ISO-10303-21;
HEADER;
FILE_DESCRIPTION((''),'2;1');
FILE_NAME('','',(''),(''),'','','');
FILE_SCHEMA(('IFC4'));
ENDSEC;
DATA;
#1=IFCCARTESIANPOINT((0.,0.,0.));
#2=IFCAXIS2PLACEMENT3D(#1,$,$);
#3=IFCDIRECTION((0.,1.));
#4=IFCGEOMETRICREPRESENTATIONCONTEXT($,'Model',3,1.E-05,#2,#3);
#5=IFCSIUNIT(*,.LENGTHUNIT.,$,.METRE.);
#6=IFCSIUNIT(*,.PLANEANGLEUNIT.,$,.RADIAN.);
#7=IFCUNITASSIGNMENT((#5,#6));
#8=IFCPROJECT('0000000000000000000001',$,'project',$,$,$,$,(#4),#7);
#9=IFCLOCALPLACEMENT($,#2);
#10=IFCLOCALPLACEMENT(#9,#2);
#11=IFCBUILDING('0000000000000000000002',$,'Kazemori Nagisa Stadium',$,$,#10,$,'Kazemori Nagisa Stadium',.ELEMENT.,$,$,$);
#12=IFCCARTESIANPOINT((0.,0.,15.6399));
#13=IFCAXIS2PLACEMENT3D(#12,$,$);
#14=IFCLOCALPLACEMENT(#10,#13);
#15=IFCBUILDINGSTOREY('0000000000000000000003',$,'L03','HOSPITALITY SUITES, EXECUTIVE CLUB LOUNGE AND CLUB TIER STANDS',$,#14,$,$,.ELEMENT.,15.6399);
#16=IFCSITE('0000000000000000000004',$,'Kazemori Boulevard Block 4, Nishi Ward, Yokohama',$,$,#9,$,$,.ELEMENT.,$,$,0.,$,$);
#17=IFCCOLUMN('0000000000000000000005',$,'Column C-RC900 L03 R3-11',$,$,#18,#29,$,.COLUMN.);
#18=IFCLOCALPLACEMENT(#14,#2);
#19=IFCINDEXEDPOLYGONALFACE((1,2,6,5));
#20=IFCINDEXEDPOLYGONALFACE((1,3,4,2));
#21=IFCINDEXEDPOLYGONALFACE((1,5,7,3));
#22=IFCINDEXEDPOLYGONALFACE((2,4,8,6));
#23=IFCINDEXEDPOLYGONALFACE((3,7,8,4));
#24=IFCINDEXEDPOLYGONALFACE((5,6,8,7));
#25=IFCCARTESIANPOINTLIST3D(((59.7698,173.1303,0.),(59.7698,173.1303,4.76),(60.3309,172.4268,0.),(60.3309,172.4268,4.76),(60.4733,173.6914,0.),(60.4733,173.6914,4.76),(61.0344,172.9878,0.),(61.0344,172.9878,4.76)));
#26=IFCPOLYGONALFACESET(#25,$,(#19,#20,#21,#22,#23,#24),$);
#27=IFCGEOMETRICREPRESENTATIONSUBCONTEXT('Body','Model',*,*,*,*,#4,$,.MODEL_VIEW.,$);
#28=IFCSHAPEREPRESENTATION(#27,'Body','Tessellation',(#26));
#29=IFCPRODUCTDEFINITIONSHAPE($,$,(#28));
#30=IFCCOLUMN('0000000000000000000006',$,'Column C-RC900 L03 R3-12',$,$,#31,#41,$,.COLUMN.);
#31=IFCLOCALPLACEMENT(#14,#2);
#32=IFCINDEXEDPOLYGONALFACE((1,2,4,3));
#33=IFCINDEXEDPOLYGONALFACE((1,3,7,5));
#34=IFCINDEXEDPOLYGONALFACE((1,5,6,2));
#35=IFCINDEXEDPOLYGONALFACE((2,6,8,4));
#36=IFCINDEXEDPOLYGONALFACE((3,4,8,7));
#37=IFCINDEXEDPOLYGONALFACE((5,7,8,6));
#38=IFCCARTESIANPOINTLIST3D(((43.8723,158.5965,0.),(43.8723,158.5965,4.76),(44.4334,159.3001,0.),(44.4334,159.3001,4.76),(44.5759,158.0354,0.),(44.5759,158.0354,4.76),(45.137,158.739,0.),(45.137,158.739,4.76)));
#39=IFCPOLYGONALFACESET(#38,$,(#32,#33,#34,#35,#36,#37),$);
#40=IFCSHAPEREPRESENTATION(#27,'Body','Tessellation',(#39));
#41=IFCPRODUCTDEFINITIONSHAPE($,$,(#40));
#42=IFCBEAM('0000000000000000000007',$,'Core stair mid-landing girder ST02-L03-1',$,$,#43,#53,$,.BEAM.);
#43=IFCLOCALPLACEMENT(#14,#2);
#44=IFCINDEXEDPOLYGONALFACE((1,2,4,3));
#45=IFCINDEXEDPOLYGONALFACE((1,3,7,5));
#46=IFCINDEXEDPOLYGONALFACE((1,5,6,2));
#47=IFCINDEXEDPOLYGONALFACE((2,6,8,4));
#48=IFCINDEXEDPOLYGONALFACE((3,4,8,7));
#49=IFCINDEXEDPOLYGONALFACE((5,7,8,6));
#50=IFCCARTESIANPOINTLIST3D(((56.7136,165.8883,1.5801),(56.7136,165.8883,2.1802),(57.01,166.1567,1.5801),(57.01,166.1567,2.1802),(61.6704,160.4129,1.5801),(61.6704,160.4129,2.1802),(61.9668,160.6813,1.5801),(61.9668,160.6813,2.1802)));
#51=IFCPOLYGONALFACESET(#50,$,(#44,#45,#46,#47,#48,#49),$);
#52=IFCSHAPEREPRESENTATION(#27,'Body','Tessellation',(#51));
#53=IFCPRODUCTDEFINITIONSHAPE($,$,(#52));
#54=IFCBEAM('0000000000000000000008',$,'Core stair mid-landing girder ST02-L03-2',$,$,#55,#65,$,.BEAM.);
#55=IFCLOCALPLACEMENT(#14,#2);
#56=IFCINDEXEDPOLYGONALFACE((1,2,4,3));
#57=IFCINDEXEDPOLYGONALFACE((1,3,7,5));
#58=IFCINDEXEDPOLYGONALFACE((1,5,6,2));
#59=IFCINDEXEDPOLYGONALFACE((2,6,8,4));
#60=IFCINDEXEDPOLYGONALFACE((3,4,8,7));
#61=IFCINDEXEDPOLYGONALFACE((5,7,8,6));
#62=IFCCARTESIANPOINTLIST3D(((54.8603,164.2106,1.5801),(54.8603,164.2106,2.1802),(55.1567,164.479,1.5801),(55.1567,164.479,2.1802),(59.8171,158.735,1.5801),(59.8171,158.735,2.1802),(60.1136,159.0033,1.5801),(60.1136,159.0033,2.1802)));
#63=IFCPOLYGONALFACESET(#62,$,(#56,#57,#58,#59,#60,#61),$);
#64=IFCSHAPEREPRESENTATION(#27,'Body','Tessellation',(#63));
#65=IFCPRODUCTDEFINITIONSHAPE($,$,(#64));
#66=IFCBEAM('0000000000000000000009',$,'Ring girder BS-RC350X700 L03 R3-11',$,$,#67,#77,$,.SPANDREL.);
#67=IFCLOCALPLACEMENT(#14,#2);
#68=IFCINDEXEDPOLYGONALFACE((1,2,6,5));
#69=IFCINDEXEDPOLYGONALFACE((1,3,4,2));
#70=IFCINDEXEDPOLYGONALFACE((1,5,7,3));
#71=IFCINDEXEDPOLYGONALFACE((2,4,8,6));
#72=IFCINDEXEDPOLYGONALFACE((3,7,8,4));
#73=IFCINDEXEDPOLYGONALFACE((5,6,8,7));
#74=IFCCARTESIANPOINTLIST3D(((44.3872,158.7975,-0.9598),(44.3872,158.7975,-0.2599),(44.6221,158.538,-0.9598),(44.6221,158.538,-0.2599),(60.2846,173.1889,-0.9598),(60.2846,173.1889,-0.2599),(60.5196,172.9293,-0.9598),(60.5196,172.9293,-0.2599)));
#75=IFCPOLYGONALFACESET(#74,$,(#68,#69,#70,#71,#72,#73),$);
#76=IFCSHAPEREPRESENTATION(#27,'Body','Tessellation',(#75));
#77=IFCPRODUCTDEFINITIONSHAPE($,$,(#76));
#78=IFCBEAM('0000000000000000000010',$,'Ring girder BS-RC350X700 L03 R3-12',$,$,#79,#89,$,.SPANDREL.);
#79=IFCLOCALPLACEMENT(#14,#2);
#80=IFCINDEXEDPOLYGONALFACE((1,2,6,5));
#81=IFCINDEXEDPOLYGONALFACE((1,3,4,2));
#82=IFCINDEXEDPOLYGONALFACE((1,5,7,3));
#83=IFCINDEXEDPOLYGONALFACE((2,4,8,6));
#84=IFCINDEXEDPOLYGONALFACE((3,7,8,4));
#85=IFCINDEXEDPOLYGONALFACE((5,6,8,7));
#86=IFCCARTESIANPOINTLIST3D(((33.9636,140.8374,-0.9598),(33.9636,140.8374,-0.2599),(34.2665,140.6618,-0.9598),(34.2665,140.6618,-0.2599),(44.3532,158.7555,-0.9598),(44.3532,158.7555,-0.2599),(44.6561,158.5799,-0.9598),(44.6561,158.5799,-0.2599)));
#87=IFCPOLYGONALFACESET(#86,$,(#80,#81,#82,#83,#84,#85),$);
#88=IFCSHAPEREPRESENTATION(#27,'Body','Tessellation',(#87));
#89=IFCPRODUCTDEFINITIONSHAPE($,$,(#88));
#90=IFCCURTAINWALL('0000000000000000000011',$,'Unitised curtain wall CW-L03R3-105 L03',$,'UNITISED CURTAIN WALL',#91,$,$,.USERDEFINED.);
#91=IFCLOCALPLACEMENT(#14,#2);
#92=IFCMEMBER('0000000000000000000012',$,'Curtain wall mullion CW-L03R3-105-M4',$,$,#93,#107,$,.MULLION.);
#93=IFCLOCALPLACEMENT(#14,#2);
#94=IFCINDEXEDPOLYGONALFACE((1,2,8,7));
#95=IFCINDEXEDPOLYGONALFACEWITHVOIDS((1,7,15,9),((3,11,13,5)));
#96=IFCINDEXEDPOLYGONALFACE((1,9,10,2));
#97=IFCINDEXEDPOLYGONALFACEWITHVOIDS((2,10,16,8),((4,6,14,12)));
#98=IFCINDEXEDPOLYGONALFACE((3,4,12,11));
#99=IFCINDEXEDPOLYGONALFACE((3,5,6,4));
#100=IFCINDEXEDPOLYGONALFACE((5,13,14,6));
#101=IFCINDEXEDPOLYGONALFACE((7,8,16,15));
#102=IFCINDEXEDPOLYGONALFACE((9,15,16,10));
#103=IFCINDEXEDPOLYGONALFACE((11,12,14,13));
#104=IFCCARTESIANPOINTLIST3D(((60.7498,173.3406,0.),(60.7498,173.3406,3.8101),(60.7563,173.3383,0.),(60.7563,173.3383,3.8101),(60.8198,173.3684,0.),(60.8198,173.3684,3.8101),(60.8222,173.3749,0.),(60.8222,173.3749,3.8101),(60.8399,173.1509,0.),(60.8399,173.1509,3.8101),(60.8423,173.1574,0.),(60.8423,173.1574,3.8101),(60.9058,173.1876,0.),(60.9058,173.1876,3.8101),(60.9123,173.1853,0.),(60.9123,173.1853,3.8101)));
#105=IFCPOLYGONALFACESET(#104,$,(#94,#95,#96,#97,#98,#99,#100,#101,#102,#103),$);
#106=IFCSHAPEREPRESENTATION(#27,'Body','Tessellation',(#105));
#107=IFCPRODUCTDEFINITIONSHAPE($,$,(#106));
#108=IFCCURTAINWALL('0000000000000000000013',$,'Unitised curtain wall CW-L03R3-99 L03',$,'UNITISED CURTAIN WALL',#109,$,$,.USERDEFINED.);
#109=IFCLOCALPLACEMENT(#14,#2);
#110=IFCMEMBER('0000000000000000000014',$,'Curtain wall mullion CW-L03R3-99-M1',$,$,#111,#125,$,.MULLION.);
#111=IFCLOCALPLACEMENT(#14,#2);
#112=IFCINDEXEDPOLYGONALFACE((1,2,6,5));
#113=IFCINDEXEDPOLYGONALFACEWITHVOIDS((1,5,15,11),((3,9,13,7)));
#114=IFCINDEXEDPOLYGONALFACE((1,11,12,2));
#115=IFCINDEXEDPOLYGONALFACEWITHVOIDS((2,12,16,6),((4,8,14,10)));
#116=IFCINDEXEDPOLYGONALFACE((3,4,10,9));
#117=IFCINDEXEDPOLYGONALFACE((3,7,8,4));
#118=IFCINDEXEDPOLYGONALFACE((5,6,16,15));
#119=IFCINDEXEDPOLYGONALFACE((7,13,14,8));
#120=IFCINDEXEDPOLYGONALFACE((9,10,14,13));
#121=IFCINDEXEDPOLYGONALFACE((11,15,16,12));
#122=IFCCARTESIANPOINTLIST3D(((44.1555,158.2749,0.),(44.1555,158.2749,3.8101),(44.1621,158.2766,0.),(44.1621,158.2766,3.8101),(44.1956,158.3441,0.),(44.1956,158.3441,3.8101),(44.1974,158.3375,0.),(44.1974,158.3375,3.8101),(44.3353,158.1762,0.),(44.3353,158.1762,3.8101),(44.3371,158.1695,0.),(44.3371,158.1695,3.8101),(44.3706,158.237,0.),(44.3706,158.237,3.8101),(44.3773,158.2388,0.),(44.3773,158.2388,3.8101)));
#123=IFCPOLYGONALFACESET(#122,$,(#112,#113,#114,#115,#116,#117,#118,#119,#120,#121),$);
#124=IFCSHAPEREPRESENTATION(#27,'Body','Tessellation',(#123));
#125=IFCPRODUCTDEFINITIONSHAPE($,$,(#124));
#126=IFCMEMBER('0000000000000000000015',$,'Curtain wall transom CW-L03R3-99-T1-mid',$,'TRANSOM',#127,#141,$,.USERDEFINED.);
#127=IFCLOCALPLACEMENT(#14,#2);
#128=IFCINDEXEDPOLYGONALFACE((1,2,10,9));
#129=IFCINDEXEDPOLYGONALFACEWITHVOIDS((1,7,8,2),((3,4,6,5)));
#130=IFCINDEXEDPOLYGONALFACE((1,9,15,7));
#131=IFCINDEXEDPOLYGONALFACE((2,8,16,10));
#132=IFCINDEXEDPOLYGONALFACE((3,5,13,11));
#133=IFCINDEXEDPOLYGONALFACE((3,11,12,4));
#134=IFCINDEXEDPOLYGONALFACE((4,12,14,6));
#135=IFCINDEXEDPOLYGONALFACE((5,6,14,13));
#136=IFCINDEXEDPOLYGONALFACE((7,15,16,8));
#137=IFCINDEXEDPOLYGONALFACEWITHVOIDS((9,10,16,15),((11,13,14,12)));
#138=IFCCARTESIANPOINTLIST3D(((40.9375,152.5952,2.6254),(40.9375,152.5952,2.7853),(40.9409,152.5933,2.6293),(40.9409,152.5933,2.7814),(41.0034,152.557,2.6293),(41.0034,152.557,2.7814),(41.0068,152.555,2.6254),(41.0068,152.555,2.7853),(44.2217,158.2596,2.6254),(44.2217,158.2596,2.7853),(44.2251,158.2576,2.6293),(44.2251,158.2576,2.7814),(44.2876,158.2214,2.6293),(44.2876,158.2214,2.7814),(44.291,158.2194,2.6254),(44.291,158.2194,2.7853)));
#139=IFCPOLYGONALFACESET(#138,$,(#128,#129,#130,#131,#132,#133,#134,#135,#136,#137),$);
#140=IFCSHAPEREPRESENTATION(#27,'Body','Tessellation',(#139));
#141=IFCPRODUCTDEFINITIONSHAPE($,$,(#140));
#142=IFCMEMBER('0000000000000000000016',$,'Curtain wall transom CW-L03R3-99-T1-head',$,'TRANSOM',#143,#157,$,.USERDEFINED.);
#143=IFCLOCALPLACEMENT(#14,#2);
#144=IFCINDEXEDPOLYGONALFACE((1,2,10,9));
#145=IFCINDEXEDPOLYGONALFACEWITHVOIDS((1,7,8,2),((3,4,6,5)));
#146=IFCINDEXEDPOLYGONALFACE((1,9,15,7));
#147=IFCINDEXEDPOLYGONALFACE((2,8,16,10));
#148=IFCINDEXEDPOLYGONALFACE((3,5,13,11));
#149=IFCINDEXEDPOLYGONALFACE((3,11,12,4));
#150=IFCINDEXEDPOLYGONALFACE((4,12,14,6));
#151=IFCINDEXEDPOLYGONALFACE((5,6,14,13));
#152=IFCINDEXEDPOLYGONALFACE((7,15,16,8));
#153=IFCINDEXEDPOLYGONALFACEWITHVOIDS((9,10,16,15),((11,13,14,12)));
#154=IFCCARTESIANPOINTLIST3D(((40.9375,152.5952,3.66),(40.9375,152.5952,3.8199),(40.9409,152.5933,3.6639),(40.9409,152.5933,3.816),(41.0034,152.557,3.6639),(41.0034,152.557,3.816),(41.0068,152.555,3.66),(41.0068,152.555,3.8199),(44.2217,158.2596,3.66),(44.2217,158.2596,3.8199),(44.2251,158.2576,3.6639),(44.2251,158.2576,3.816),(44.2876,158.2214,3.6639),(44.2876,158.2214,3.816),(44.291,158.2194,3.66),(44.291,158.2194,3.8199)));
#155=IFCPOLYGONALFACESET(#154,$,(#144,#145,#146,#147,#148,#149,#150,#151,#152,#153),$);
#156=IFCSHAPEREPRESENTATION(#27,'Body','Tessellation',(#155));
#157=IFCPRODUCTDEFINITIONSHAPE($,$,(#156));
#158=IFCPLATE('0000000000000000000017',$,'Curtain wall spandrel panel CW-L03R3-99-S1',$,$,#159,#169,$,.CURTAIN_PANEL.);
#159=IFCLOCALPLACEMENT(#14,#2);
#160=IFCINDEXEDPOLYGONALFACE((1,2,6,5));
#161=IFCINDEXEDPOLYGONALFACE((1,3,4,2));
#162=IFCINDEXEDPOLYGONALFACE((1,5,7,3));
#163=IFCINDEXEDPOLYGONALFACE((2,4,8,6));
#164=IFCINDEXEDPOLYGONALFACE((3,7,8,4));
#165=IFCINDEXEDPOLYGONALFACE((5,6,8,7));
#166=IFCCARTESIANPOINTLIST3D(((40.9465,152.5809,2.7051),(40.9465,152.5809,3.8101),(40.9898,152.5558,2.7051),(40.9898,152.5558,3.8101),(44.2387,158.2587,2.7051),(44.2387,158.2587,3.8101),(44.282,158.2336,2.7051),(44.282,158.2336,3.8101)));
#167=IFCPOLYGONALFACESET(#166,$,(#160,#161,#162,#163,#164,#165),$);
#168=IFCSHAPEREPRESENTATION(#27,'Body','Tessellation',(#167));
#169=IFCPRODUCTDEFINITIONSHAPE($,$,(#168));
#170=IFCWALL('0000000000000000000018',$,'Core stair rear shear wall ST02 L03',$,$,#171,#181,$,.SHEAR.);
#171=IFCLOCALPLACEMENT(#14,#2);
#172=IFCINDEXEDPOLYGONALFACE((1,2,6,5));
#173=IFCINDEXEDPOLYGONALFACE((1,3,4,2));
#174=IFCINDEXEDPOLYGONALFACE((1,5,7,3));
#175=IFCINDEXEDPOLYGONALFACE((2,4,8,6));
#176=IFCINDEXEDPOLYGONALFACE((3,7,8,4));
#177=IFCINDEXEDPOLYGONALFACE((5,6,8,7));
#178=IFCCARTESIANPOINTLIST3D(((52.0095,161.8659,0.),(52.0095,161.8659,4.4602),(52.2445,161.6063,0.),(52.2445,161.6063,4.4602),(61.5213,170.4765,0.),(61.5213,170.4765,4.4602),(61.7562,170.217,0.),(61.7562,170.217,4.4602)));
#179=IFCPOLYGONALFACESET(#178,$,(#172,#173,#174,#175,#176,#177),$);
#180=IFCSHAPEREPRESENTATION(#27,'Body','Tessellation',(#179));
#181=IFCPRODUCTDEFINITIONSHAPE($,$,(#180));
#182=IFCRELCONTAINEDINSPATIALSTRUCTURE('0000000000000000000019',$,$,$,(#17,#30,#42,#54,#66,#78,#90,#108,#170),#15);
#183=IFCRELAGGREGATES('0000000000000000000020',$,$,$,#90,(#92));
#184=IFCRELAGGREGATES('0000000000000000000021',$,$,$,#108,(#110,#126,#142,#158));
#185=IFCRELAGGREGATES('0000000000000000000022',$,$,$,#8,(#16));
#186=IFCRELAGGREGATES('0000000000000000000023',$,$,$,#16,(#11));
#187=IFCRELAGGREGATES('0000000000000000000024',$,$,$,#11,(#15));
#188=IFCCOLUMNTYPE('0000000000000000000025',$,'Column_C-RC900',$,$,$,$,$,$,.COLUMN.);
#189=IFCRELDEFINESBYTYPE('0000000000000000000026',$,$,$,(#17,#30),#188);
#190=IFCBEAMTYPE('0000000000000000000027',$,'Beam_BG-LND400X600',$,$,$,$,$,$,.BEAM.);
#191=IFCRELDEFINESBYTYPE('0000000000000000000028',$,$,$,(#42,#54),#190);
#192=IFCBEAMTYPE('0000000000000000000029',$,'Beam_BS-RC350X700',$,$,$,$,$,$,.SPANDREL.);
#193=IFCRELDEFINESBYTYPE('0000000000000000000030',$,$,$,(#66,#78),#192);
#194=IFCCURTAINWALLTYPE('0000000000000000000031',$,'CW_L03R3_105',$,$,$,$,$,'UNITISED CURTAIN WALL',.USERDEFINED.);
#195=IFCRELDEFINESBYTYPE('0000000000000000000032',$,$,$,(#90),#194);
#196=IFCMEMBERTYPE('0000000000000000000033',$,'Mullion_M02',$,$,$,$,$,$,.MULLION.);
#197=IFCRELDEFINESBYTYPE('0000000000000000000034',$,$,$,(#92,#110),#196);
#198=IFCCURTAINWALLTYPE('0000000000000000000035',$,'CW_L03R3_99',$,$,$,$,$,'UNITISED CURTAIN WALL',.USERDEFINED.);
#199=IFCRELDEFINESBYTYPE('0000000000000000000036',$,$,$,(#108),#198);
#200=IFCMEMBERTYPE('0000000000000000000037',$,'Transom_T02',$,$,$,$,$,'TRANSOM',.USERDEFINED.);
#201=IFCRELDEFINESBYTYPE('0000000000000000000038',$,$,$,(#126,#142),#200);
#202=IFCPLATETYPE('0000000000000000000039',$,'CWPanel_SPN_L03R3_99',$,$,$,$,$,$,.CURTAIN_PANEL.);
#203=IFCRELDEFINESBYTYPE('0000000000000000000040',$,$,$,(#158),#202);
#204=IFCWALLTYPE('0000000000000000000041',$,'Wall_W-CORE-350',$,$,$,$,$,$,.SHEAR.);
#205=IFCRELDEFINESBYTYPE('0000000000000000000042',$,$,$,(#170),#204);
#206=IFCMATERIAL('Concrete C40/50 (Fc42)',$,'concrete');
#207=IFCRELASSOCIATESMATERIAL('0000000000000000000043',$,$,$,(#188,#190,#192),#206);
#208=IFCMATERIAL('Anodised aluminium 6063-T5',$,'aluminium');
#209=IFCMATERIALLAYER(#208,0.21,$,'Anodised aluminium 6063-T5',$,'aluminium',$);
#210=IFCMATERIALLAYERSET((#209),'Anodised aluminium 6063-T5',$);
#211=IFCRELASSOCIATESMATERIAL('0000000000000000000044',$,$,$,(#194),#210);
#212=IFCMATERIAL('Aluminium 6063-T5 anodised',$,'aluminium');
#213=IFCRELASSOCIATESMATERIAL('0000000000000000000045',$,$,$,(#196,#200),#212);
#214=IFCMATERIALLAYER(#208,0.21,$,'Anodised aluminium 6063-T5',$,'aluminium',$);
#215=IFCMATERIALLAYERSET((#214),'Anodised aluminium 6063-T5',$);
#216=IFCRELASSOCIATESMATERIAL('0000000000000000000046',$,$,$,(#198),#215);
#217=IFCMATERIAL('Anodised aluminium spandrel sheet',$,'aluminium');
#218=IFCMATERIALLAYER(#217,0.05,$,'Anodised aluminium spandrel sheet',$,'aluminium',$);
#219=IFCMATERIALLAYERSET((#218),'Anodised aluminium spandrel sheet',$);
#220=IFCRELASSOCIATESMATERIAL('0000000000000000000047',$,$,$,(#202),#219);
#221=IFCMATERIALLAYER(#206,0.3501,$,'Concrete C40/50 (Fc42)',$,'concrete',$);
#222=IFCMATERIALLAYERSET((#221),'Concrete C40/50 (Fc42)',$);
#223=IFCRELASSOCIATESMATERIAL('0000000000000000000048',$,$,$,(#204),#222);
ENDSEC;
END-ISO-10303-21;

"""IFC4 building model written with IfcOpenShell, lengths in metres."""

from ifc_helpers import new_model, si_unit, direction, frame, frame_2d, origin, origin_2d, place, context, subcontext, project, spatial, rectangle, hollow_rectangle, extrude, material, layer, layer_set, material_profile, profile_set, type_object, element, aggregate, save


model = new_model("IFC4")

# Units and contexts
model_context = context("Model", 3, precision=1e-05, world=origin(), true_north=direction((0.0, 1.0)))
body_context = subcontext(model_context, "Body", "Model", "MODEL_VIEW")
ifc_project = project(units=[si_unit("LENGTHUNIT", "METRE"), si_unit("PLANEANGLEUNIT", "RADIAN")], contexts=[model_context])

# Site, building, storey
site_placement = place(None, origin())
site = spatial("IfcSite", under=ifc_project, at=site_placement, Name="Kazemori Boulevard Block 4, Nishi Ward, Yokohama", CompositionType="ELEMENT", RefElevation=0.0)
building_placement = place(site_placement, origin())
building = spatial("IfcBuilding", under=site, at=building_placement, Name="Kazemori Nagisa Stadium", LongName="Kazemori Nagisa Stadium", CompositionType="ELEMENT")
storey_placement = place(building_placement, frame((0.0, 0.0, 15.6399)))
storey = spatial("IfcBuildingStorey", under=building, at=storey_placement, Name="L03", Description="HOSPITALITY SUITES, EXECUTIVE CLUB LOUNGE AND CLUB TIER STANDS", CompositionType="ELEMENT", Elevation=15.6399)

# Columns
ifc_material_1 = material(Name="Concrete C40/50 (Fc42)", Category="concrete")
ifc_material_profile_1 = material_profile(ifc_material_1, rectangle(XDim=0.8999, YDim=0.8999, at=origin_2d()), Name="RC-COL-900x900")
ifc_profile_set_1 = profile_set([ifc_material_profile_1], Name="Concrete C40/50 (Fc42)")
column_type = type_object("IfcColumnType", Name="Column_C-RC900", PredefinedType="COLUMN", material=ifc_profile_set_1)
for number, where, z_axis, x_axis, name in (
    (1, (60.4021, 173.0591, 0.0), (0.0, 0.0, 1.0), (-0.62349, 0.781831, 0.0), "Column C-RC900 L03 R3-11"),
    (2, (44.5046, 158.6677, 0.0), (0.0, 0.0, 1.0), (-0.781831, 0.62349, 0.0), "Column C-RC900 L03 R3-12"),
):
    element("IfcColumn", number, at=place(storey_placement, frame(where, z_axis=z_axis, x_axis=x_axis)), inside=storey, type_object=column_type, Name=name, PredefinedType="COLUMN", context=body_context, shape_type="SweptSolid", body=[
        extrude(rectangle(XDim=0.8999, YDim=0.8999, at=origin_2d()), origin(), (0.0, 0.0, 1.0), 4.76),
    ])

# Beams
ifc_material_profile_2 = material_profile(ifc_material_1, rectangle(XDim=0.3999, YDim=0.6001, at=origin_2d()), Name="RC-BM-400x600")
ifc_profile_set_2 = profile_set([ifc_material_profile_2], Name="Concrete C40/50 (Fc42)")
beam_type_1 = type_object("IfcBeamType", Name="Beam_BG-LND400X600", PredefinedType="BEAM", material=ifc_profile_set_2)
beam_1_placement = place(storey_placement, frame((61.8186, 160.5471, 1.8801), z_axis=(-0.67113, 0.74134, 0.0), x_axis=(-0.74134, -0.67113, 0.0)))
element("IfcBeam", 3, at=beam_1_placement, inside=storey, type_object=beam_type_1, Name="Core stair mid-landing girder ST02-L03-1", PredefinedType="BEAM", context=body_context, shape_type="SweptSolid", body=[
    extrude(rectangle(XDim=0.3999, YDim=0.6001, at=origin_2d()), origin(), (0.0, 0.0, 1.0), 7.3857),
])
beam_2_placement = place(storey_placement, frame((59.9653, 158.8691, 1.8801), z_axis=(-0.671113, 0.741355, 0.0), x_axis=(-0.741355, -0.671113, 0.0)))
element("IfcBeam", 4, at=beam_2_placement, inside=storey, type_object=beam_type_1, Name="Core stair mid-landing girder ST02-L03-2", PredefinedType="BEAM", context=body_context, shape_type="SweptSolid", body=[
    extrude(rectangle(XDim=0.3999, YDim=0.6001, at=origin_2d()), origin(), (0.0, 0.0, 1.0), 7.386),
])
ifc_material_profile_3 = material_profile(ifc_material_1, rectangle(XDim=0.3501, YDim=0.7, at=origin_2d()), Name="RC-SP-350x700")
ifc_profile_set_3 = profile_set([ifc_material_profile_3], Name="Concrete C40/50 (Fc42)")
beam_type_2 = type_object("IfcBeamType", Name="Beam_BS-RC350X700", PredefinedType="SPANDREL", material=ifc_profile_set_3)
beam_3_placement = place(storey_placement, frame((60.4021, 173.0591, -0.6099), z_axis=(-0.741352, -0.671117, 0.0), x_axis=(0.671117, -0.741352, 0.0)))
element("IfcBeam", 5, at=beam_3_placement, inside=storey, type_object=beam_type_2, Name="Ring girder BS-RC350X700 L03 R3-11", PredefinedType="SPANDREL", context=body_context, shape_type="SweptSolid", body=[
    extrude(rectangle(XDim=0.3501, YDim=0.7, at=origin_2d()), origin(), (0.0, 0.0, 1.0), 21.4438),
])
beam_4_placement = place(storey_placement, frame((44.5046, 158.6677, -0.6099), z_axis=(-0.501613, -0.865092, 0.0), x_axis=(0.865092, -0.501613, 0.0)))
element("IfcBeam", 6, at=beam_4_placement, inside=storey, type_object=beam_type_2, Name="Ring girder BS-RC350X700 L03 R3-12", PredefinedType="SPANDREL", context=body_context, shape_type="SweptSolid", body=[
    extrude(rectangle(XDim=0.3501, YDim=0.7, at=origin_2d()), origin(), (0.0, 0.0, 1.0), 20.7124),
])

# Curtain wall, member
ifc_material_2 = material(Name="Anodised aluminium 6063-T5", Category="aluminium")
ifc_layer_1 = layer(ifc_material_2, 0.21, Name="Anodised aluminium 6063-T5", Category="aluminium")
ifc_layer_set_1 = layer_set([ifc_layer_1], Name="Anodised aluminium 6063-T5")
curtain_wall_type_1 = type_object("IfcCurtainWallType", Name="CW_L03R3_105", ElementType="UNITISED CURTAIN WALL", PredefinedType="USERDEFINED", material=ifc_layer_set_1)
curtain_wall_1_placement = place(storey_placement, origin())
curtain_wall_1 = element("IfcCurtainWall", 7, at=curtain_wall_1_placement, inside=storey, type_object=curtain_wall_type_1, Name="Unitised curtain wall CW-L03R3-105 L03", ObjectType="UNITISED CURTAIN WALL", PredefinedType="USERDEFINED")
ifc_material_3 = material(Name="Aluminium 6063-T5 anodised", Category="aluminium")
ifc_material_profile_4 = material_profile(ifc_material_3, hollow_rectangle(XDim=0.0801, YDim=0.21, WallThickness=0.0049, at=origin_2d()), Name="ALU-MULL-80x210x5")
ifc_profile_set_4 = profile_set([ifc_material_profile_4], Name="Aluminium 6063-T5 anodised")
member_type_1 = type_object("IfcMemberType", Name="Mullion_M02", PredefinedType="MULLION", material=ifc_profile_set_4)
member_1_placement = place(storey_placement, frame((60.8311, 173.2629, 0.0), z_axis=(0.0, 0.0, 1.0), x_axis=(-0.903216, -0.429186, 0.0)))
member_1 = element("IfcMember", 8, at=member_1_placement, type_object=member_type_1, Name="Curtain wall mullion CW-L03R3-105-M4", PredefinedType="MULLION", context=body_context, shape_type="SweptSolid", body=[
    extrude(hollow_rectangle(XDim=0.0801, YDim=0.21, WallThickness=0.0049, at=origin_2d()), origin(), (0.0, 0.0, 1.0), 3.8101),
])
aggregate(curtain_wall_1, [member_1])

# Curtain wall, members, plate
ifc_layer_2 = layer(ifc_material_2, 0.21, Name="Anodised aluminium 6063-T5", Category="aluminium")
ifc_layer_set_2 = layer_set([ifc_layer_2], Name="Anodised aluminium 6063-T5")
curtain_wall_type_2 = type_object("IfcCurtainWallType", Name="CW_L03R3_99", ElementType="UNITISED CURTAIN WALL", PredefinedType="USERDEFINED", material=ifc_layer_set_2)
curtain_wall_2_placement = place(storey_placement, origin())
curtain_wall_2 = element("IfcCurtainWall", 9, at=curtain_wall_2_placement, inside=storey, type_object=curtain_wall_type_2, Name="Unitised curtain wall CW-L03R3-99 L03", ObjectType="UNITISED CURTAIN WALL", PredefinedType="USERDEFINED")
member_2_placement = place(storey_placement, frame((44.2664, 158.2568, 0.0), z_axis=(0.0, 0.0, 1.0), x_axis=(-0.501612, -0.865093, 0.0)))
member_2 = element("IfcMember", 10, at=member_2_placement, type_object=member_type_1, Name="Curtain wall mullion CW-L03R3-99-M1", PredefinedType="MULLION", context=body_context, shape_type="SweptSolid", body=[
    extrude(hollow_rectangle(XDim=0.0801, YDim=0.21, WallThickness=0.0049, at=origin_2d()), origin(), (0.0, 0.0, 1.0), 3.8101),
])
ifc_material_profile_5 = material_profile(ifc_material_3, hollow_rectangle(XDim=0.0801, YDim=0.1599, WallThickness=0.0039, at=origin_2d()), Name="ALU-TRAN-80x160x4")
ifc_profile_set_5 = profile_set([ifc_material_profile_5], Name="Aluminium 6063-T5 anodised")
member_type_2 = type_object("IfcMemberType", Name="Transom_T02", ElementType="TRANSOM", PredefinedType="USERDEFINED", material=ifc_profile_set_5)
member_3_placement = place(storey_placement, frame((44.2563, 158.2395, 2.7053), z_axis=(-0.50159, -0.865105, 0.0), x_axis=(0.865105, -0.50159, 0.0)))
member_3 = element("IfcMember", 11, at=member_3_placement, type_object=member_type_2, Name="Curtain wall transom CW-L03R3-99-T1-mid", ObjectType="TRANSOM", PredefinedType="USERDEFINED", context=body_context, shape_type="SweptSolid", body=[
    extrude(hollow_rectangle(XDim=0.0801, YDim=0.1599, WallThickness=0.0039, at=origin_2d()), origin(), (0.0, 0.0, 1.0), 6.5476),
])
member_4_placement = place(storey_placement, frame((44.2563, 158.2395, 3.74), z_axis=(-0.50159, -0.865105, 0.0), x_axis=(0.865105, -0.50159, 0.0)))
member_4 = element("IfcMember", 12, at=member_4_placement, type_object=member_type_2, Name="Curtain wall transom CW-L03R3-99-T1-head", ObjectType="TRANSOM", PredefinedType="USERDEFINED", context=body_context, shape_type="SweptSolid", body=[
    extrude(hollow_rectangle(XDim=0.0801, YDim=0.1599, WallThickness=0.0039, at=origin_2d()), origin(), (0.0, 0.0, 1.0), 6.5476),
])
ifc_material_4 = material(Name="Anodised aluminium spandrel sheet", Category="aluminium")
ifc_layer_3 = layer(ifc_material_4, 0.05, Name="Anodised aluminium spandrel sheet", Category="aluminium")
ifc_layer_set_3 = layer_set([ifc_layer_3], Name="Anodised aluminium spandrel sheet")
plate_type = type_object("IfcPlateType", Name="CWPanel_SPN_L03R3_99", PredefinedType="CURTAIN_PANEL", material=ifc_layer_set_3)
plate_placement = place(storey_placement, frame((42.6143, 155.4072, 2.7051), z_axis=(0.0, 0.0, 1.0), x_axis=(-0.501612, -0.865093, 0.0)))
plate = element("IfcPlate", 13, at=plate_placement, type_object=plate_type, Name="Curtain wall spandrel panel CW-L03R3-99-S1", PredefinedType="CURTAIN_PANEL", context=body_context, shape_type="SweptSolid", body=[
    extrude(rectangle(XDim=6.5632, YDim=0.05, at=origin_2d()), origin(), (0.0, 0.0, 1.0), 1.105),
])
aggregate(curtain_wall_2, [member_2, member_3, member_4, plate])

# Wall
ifc_layer_4 = layer(ifc_material_1, 0.3501, Name="Concrete C40/50 (Fc42)", Category="concrete")
ifc_layer_set_4 = layer_set([ifc_layer_4], Name="Concrete C40/50 (Fc42)")
wall_type_1 = type_object("IfcWallType", Name="Wall_W-CORE-350", PredefinedType="SHEAR", material=ifc_layer_set_4)
wall_1_placement = place(storey_placement, frame((61.6387, 170.3467, 0.0), z_axis=(0.0, 0.0, 1.0), x_axis=(-0.741351, -0.671117, 0.0)))
element("IfcWall", 14, at=wall_1_placement, inside=storey, type_object=wall_type_1, Name="Core stair rear shear wall ST02 L03", PredefinedType="SHEAR", context=body_context, shape_type="SweptSolid", body=[
    extrude(rectangle(XDim=12.8303, YDim=0.3501, at=frame_2d((6.415, 0.0))), origin(), (0.0, 0.0, 1.0), 4.4602),
])

save(model, "model.ifc")
